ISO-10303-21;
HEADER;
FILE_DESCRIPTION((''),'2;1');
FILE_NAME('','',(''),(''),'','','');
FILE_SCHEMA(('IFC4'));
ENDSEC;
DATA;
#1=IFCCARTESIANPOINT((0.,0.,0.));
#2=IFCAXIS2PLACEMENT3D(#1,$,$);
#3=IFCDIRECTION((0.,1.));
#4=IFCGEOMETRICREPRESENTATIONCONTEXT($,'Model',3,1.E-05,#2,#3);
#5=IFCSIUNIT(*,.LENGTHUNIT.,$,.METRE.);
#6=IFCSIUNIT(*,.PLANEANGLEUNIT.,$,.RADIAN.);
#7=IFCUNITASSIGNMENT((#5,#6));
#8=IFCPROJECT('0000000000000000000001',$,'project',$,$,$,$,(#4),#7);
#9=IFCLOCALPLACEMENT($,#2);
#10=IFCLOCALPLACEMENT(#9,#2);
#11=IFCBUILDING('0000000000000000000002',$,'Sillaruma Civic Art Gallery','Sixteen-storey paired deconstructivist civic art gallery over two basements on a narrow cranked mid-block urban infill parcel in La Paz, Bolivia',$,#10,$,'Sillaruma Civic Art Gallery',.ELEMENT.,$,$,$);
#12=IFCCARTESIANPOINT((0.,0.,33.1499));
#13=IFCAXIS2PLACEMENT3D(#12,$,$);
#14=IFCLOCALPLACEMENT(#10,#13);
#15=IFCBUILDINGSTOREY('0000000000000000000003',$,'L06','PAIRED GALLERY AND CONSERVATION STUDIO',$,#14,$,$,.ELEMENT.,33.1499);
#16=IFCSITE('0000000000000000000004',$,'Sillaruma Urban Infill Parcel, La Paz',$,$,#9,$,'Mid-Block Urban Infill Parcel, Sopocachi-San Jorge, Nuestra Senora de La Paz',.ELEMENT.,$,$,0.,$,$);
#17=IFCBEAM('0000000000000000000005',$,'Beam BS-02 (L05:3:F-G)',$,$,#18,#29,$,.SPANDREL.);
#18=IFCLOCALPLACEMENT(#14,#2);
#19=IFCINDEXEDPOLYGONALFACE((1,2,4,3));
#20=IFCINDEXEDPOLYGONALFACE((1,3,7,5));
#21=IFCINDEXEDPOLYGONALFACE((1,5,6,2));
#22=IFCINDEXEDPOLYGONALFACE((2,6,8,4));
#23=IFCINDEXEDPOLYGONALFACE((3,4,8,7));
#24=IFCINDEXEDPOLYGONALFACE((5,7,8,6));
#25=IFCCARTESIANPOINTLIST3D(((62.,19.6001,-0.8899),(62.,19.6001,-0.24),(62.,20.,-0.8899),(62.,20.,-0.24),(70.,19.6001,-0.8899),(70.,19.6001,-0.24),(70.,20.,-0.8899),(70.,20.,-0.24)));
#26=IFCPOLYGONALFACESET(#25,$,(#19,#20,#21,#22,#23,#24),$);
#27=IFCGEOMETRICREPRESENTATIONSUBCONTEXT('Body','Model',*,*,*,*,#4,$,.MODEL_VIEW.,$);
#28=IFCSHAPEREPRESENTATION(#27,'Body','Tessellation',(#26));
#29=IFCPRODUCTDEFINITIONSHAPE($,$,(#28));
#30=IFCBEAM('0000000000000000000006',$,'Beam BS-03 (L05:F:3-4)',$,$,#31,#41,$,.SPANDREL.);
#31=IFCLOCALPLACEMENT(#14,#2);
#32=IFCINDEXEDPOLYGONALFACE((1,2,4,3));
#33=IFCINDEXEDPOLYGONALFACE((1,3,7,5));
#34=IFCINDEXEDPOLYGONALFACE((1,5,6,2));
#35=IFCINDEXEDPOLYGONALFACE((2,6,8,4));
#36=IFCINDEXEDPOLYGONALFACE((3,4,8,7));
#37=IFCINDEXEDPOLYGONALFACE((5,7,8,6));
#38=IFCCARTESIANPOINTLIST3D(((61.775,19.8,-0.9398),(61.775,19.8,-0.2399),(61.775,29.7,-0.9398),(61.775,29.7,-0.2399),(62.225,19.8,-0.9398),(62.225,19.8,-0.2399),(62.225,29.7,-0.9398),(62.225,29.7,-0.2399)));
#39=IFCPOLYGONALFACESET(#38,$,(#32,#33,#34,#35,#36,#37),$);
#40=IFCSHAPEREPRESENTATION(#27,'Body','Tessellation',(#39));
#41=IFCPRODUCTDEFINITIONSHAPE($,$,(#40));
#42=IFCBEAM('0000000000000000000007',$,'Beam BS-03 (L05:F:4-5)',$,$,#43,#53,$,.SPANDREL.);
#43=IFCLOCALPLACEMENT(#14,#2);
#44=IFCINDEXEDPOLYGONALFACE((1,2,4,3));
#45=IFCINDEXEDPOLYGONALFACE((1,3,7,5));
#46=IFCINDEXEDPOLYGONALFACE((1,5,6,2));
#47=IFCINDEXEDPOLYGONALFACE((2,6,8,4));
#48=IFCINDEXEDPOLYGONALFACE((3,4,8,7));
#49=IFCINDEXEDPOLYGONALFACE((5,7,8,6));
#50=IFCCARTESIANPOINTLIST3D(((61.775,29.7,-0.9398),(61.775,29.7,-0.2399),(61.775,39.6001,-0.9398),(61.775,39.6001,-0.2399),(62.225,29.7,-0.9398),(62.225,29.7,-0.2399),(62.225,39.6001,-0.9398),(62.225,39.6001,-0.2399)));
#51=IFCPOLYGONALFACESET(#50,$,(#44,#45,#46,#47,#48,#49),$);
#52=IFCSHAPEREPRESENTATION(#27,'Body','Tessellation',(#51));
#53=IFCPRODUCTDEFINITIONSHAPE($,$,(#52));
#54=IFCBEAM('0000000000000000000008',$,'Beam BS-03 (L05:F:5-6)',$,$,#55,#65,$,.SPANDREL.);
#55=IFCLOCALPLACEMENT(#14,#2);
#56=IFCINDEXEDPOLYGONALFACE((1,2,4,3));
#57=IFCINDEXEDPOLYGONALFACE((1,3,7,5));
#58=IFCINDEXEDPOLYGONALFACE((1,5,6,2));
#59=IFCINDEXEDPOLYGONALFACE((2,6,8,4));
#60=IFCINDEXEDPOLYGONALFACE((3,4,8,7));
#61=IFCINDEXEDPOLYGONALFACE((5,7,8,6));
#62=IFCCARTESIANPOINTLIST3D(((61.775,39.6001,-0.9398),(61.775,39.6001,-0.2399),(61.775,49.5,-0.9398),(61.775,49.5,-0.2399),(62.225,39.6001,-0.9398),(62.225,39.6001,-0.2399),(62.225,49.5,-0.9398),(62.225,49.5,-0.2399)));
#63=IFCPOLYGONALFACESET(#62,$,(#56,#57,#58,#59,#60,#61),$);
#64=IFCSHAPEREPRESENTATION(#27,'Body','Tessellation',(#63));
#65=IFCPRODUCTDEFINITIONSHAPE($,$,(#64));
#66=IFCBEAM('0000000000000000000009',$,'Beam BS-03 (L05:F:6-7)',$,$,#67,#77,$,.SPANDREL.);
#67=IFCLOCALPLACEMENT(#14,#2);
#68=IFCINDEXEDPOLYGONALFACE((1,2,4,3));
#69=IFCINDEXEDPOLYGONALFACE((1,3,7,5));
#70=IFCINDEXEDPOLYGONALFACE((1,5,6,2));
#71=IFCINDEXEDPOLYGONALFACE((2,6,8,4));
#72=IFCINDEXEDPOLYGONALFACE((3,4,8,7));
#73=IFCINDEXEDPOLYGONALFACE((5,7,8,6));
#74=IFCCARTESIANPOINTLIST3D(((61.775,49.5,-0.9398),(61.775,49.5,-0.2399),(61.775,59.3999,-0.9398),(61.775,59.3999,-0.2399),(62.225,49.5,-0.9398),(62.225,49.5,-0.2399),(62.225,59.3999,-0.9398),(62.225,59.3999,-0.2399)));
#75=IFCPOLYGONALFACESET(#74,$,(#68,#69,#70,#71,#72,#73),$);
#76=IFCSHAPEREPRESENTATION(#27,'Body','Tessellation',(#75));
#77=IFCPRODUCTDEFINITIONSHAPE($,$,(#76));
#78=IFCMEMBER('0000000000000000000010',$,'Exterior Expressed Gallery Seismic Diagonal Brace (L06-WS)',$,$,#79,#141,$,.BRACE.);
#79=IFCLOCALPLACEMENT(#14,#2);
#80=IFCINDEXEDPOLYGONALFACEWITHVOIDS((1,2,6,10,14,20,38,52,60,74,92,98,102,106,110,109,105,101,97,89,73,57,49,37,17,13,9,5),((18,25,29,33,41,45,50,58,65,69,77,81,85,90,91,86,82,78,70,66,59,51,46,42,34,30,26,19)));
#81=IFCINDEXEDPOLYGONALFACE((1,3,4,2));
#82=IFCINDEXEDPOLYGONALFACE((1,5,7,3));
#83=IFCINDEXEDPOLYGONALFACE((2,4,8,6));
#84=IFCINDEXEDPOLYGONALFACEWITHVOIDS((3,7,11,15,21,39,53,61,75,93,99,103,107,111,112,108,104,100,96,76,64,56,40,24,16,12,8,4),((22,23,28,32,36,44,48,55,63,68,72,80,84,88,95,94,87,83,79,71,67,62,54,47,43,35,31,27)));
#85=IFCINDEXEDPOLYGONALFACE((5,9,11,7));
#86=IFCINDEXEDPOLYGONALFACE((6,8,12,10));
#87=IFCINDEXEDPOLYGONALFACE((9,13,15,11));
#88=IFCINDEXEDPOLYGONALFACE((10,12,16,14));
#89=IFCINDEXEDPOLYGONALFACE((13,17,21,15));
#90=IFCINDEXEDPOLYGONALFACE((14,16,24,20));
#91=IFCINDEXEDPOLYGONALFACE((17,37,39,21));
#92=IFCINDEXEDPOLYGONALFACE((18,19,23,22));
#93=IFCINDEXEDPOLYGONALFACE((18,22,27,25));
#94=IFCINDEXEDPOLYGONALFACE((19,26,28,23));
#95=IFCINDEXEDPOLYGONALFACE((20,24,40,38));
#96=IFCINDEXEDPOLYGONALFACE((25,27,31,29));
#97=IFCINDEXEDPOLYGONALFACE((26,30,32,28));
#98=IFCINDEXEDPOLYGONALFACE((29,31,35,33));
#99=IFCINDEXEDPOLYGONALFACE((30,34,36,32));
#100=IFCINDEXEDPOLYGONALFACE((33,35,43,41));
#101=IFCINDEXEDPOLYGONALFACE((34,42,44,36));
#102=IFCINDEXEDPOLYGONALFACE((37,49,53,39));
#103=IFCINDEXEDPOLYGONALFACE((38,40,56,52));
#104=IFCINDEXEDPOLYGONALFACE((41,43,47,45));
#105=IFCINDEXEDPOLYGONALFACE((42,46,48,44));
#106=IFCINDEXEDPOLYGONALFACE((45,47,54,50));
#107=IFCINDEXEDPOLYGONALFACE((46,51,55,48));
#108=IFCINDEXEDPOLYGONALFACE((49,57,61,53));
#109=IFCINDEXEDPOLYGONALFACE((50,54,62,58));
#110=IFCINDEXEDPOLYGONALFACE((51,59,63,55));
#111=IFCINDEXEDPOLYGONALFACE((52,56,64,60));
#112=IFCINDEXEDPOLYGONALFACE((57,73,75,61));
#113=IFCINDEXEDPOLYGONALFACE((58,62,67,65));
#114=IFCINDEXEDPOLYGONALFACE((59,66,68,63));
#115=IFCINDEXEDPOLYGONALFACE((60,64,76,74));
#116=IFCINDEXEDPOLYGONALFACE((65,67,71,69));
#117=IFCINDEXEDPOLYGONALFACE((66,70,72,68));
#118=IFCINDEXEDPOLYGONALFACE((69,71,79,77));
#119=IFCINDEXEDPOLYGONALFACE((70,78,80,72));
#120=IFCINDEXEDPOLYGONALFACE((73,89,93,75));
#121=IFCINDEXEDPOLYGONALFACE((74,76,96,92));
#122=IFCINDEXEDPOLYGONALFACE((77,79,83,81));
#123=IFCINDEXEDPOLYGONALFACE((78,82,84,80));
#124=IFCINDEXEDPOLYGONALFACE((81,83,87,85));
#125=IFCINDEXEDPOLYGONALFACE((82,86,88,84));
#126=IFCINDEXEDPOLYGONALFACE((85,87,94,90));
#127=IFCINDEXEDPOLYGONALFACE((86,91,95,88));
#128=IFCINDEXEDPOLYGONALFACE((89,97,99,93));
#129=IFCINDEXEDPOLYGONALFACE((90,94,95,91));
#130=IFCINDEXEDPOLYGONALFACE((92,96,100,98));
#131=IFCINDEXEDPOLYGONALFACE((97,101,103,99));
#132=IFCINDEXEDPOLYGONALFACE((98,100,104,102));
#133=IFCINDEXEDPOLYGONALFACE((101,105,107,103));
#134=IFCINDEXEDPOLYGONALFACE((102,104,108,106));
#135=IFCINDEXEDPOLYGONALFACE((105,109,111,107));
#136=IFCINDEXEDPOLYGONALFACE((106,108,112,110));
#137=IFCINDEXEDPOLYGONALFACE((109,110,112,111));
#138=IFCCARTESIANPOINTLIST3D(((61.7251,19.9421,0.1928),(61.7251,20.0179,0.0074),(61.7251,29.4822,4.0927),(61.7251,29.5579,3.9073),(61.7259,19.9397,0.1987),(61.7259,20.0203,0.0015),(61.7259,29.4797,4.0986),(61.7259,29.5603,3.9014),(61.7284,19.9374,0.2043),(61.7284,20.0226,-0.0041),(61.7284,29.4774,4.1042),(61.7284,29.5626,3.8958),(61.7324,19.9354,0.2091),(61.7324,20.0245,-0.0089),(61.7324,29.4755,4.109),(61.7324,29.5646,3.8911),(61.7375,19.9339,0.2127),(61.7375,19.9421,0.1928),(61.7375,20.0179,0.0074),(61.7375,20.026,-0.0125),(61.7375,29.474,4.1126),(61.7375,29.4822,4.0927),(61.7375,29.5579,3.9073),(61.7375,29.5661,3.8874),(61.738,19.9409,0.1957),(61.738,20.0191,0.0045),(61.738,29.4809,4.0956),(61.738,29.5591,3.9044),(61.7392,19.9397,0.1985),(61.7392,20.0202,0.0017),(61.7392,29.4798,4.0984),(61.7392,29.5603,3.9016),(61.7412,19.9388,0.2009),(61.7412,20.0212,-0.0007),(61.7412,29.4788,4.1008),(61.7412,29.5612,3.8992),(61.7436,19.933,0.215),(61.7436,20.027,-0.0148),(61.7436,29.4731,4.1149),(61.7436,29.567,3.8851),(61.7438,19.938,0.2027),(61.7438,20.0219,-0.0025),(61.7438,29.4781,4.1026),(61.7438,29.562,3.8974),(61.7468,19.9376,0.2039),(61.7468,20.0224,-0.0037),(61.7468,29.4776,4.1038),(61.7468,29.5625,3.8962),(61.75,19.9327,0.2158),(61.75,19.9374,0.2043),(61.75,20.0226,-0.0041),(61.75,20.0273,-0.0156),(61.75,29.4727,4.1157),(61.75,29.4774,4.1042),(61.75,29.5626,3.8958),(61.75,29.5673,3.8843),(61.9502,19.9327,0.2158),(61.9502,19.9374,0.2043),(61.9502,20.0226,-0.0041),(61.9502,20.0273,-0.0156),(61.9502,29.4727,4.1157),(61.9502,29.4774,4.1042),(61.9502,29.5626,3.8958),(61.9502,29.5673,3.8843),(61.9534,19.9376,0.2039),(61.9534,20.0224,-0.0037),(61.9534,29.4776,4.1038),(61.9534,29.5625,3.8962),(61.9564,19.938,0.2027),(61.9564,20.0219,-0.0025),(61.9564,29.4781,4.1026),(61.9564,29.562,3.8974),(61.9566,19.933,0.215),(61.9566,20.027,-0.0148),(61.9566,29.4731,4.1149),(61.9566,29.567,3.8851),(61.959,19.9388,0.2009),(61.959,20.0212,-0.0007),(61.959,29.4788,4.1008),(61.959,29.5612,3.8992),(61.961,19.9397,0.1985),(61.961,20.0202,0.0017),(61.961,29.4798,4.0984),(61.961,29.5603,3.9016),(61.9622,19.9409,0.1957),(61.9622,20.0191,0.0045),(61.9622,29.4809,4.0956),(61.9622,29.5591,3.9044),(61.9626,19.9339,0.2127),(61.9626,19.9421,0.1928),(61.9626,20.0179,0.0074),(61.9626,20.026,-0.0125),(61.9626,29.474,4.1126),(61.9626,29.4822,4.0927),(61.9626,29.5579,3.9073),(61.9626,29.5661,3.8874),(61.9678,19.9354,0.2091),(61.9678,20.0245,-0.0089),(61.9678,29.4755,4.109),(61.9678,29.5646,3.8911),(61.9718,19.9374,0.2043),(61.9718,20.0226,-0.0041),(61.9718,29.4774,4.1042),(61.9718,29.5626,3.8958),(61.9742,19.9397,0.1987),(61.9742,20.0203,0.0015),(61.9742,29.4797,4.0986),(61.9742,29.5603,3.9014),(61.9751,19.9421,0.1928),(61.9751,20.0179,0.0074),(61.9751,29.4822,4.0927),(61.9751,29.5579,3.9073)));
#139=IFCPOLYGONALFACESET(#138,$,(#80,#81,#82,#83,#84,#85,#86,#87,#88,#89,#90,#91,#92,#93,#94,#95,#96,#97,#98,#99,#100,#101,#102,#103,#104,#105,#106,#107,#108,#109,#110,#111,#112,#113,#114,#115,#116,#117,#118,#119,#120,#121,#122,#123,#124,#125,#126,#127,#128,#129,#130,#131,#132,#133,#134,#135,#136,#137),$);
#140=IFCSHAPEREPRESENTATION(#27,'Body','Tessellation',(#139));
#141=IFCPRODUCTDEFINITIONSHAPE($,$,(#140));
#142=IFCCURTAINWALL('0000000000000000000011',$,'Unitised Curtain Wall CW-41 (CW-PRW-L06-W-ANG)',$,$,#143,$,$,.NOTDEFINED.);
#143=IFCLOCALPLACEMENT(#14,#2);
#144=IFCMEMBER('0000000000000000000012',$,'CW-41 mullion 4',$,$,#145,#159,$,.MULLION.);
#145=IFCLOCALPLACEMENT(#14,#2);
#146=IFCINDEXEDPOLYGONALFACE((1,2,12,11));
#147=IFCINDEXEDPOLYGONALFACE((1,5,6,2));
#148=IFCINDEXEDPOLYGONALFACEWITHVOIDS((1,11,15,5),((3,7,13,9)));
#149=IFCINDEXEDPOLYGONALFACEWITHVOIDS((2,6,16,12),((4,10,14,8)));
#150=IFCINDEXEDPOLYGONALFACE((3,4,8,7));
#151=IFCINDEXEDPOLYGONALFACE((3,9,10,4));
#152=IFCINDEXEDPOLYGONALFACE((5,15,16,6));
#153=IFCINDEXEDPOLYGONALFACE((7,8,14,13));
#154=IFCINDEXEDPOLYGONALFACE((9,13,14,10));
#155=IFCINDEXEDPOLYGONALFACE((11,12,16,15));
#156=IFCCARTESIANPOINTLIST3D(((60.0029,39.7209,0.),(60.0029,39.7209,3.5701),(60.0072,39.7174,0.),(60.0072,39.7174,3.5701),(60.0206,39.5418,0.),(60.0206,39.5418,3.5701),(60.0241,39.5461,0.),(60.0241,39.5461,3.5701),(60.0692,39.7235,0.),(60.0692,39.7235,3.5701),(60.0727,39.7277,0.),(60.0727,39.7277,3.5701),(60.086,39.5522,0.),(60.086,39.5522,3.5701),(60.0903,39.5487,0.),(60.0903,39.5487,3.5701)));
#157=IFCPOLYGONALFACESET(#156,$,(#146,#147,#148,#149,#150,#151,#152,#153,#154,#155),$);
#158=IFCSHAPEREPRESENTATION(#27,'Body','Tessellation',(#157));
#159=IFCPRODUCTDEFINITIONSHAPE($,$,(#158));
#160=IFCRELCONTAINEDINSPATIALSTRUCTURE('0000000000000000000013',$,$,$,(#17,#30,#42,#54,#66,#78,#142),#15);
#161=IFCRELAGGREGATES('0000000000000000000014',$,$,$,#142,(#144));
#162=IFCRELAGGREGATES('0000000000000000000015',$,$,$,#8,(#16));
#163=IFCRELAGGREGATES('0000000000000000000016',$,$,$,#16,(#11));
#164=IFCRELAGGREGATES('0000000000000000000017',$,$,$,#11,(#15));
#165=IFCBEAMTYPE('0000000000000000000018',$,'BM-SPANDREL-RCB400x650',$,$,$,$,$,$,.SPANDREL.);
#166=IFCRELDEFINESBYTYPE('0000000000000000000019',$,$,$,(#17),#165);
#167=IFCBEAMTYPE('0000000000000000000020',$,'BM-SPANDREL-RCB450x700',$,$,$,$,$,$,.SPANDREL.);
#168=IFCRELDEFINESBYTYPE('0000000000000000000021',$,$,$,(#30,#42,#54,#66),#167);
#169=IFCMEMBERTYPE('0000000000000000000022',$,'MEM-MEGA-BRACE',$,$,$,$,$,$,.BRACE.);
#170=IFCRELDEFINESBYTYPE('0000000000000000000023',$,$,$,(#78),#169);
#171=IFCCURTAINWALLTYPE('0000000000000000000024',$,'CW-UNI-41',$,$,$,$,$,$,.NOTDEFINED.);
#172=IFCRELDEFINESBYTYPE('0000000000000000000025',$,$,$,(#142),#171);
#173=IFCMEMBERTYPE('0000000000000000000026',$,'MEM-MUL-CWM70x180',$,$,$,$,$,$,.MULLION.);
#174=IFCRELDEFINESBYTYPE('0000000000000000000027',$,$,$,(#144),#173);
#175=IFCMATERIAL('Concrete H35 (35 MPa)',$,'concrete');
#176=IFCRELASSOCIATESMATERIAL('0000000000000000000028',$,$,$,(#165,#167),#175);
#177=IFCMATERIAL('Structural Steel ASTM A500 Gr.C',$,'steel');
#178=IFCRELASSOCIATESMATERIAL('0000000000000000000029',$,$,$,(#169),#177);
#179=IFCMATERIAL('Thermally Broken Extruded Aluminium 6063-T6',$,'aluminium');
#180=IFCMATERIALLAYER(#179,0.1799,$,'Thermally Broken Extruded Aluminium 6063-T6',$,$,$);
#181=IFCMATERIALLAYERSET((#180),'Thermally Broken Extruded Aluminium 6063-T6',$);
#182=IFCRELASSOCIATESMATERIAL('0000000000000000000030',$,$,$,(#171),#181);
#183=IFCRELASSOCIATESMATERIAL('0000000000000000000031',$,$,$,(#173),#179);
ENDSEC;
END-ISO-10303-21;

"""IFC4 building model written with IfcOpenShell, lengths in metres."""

from ifc_helpers import new_model, si_unit, direction, frame, origin, origin_2d, place, context, subcontext, project, spatial, rectangle, hollow_rectangle, extrude, material, layer, layer_set, material_profile, profile_set, type_object, element, aggregate, save


model = new_model("IFC4")

# Units and contexts
model_context = context("Model", 3, precision=1e-05, world=origin(), true_north=direction((0.0, 1.0)))
body_context = subcontext(model_context, "Body", "Model", "MODEL_VIEW")
ifc_project = project(units=[si_unit("LENGTHUNIT", "METRE"), si_unit("PLANEANGLEUNIT", "RADIAN")], contexts=[model_context])

# Site, building, storey
site_placement = place(None, origin())
site = spatial("IfcSite", under=ifc_project, at=site_placement, Name="Sillaruma Urban Infill Parcel, La Paz", LongName="Mid-Block Urban Infill Parcel, Sopocachi-San Jorge, Nuestra Senora de La Paz", CompositionType="ELEMENT", RefElevation=0.0)
building_placement = place(site_placement, origin())
building = spatial("IfcBuilding", under=site, at=building_placement, Name="Sillaruma Civic Art Gallery", Description="Sixteen-storey paired deconstructivist civic art gallery over two basements on a narrow cranked mid-block urban infill parcel in La Paz, Bolivia", LongName="Sillaruma Civic Art Gallery", CompositionType="ELEMENT")
storey_placement = place(building_placement, frame((0.0, 0.0, 33.1499)))
storey = spatial("IfcBuildingStorey", under=building, at=storey_placement, Name="L06", Description="PAIRED GALLERY AND CONSERVATION STUDIO", CompositionType="ELEMENT", Elevation=33.1499)

# Beams
ifc_material_1 = material(Name="Structural Steel ASTM A500 Gr.C", Category="steel")
ifc_material_2 = material(Name="Concrete H35 (35 MPa)", Category="concrete")
ifc_material_profile_1 = material_profile(ifc_material_2, rectangle(XDim=0.3999, YDim=0.6499, at=origin_2d()), Name="RCB400x650")
ifc_profile_set_1 = profile_set([ifc_material_profile_1], Name="Concrete H35 (35 MPa)")
beam_type_1 = type_object("IfcBeamType", Name="BM-SPANDREL-RCB400x650", PredefinedType="SPANDREL", material=ifc_profile_set_1)
beam_1_placement = place(storey_placement, frame((62.0, 19.8, -0.5649), z_axis=(1.0, 0.0, 0.0), x_axis=(0.0, 1.0, 0.0)))
element("IfcBeam", 1, at=beam_1_placement, inside=storey, type_object=beam_type_1, Name="Beam BS-02 (L05:3:F-G)", PredefinedType="SPANDREL", context=body_context, shape_type="SweptSolid", body=[
    extrude(rectangle(XDim=0.3999, YDim=0.6499, at=origin_2d()), origin(), (0.0, 0.0, 1.0), 8.0),
])
ifc_material_profile_2 = material_profile(ifc_material_2, rectangle(XDim=0.45, YDim=0.7, at=origin_2d()), Name="RCB450x700")
ifc_profile_set_2 = profile_set([ifc_material_profile_2], Name="Concrete H35 (35 MPa)")
beam_type_2 = type_object("IfcBeamType", Name="BM-SPANDREL-RCB450x700", PredefinedType="SPANDREL", material=ifc_profile_set_2)
beam_2_placement = place(storey_placement, frame((62.0, 19.8, -0.5898), z_axis=(0.0, 1.0, 0.0), x_axis=(-1.0, 0.0, 0.0)))
element("IfcBeam", 2, at=beam_2_placement, inside=storey, type_object=beam_type_2, Name="Beam BS-03 (L05:F:3-4)", PredefinedType="SPANDREL", context=body_context, shape_type="SweptSolid", body=[
    extrude(rectangle(XDim=0.45, YDim=0.7, at=origin_2d()), origin(), (0.0, 0.0, 1.0), 9.8999),
])
beam_3_placement = place(storey_placement, frame((62.0, 29.7, -0.5898), z_axis=(0.0, 1.0, 0.0), x_axis=(-1.0, 0.0, 0.0)))
element("IfcBeam", 3, at=beam_3_placement, inside=storey, type_object=beam_type_2, Name="Beam BS-03 (L05:F:4-5)", PredefinedType="SPANDREL", context=body_context, shape_type="SweptSolid", body=[
    extrude(rectangle(XDim=0.45, YDim=0.7, at=origin_2d()), origin(), (0.0, 0.0, 1.0), 9.9001),
])
for number, where, z_axis, x_axis, name in (
    (4, (62.0, 39.6001, -0.5898), (0.0, 1.0, 0.0), (-1.0, 0.0, 0.0), "Beam BS-03 (L05:F:5-6)"),
    (5, (62.0, 49.5, -0.5898), (0.0, 1.0, 0.0), (-1.0, 0.0, 0.0), "Beam BS-03 (L05:F:6-7)"),
):
    element("IfcBeam", number, at=place(storey_placement, frame(where, z_axis=z_axis, x_axis=x_axis)), inside=storey, type_object=beam_type_2, Name=name, PredefinedType="SPANDREL", context=body_context, shape_type="SweptSolid", body=[
        extrude(rectangle(XDim=0.45, YDim=0.7, at=origin_2d()), origin(), (0.0, 0.0, 1.0), 9.8999),
    ])

# Member
ifc_material_profile_3 = material_profile(ifc_material_1, hollow_rectangle(XDim=0.25, YDim=0.25, WallThickness=0.0125, InnerFilletRadius=0.0125, OuterFilletRadius=0.0249, at=origin_2d()), Name="HSS250x250x12.5")
ifc_profile_set_3 = profile_set([ifc_material_profile_3], Name="Structural Steel ASTM A500 Gr.C")
member_type_1 = type_object("IfcMemberType", Name="MEM-MEGA-BRACE", PredefinedType="BRACE", material=ifc_profile_set_3)
member_1_placement = place(storey_placement, frame((61.8501, 19.98, 0.1001), z_axis=(0.0, 0.925644, 0.378397), x_axis=(-1.0, 0.0, 0.0)))
element("IfcMember", 6, at=member_1_placement, inside=storey, type_object=member_type_1, Name="Exterior Expressed Gallery Seismic Diagonal Brace (L06-WS)", PredefinedType="BRACE", context=body_context, shape_type="SweptSolid", body=[
    extrude(hollow_rectangle(XDim=0.25, YDim=0.25, WallThickness=0.0125, InnerFilletRadius=0.0125, OuterFilletRadius=0.0249, at=origin_2d()), origin(), (0.0, 0.0, 1.0), 10.3064),
])

# Curtain wall, member
ifc_material_3 = material(Name="Thermally Broken Extruded Aluminium 6063-T6", Category="aluminium")
ifc_layer_1 = layer(ifc_material_3, 0.1799, Name="Thermally Broken Extruded Aluminium 6063-T6")
ifc_layer_set_1 = layer_set([ifc_layer_1], Name="Thermally Broken Extruded Aluminium 6063-T6")
curtain_wall_type = type_object("IfcCurtainWallType", Name="CW-UNI-41", PredefinedType="NOTDEFINED", material=ifc_layer_set_1)
curtain_wall_placement = place(storey_placement, origin())
curtain_wall = element("IfcCurtainWall", 7, at=curtain_wall_placement, inside=storey, type_object=curtain_wall_type, Name="Unitised Curtain Wall CW-41 (CW-PRW-L06-W-ANG)", PredefinedType="NOTDEFINED")
ifc_material_profile_4 = material_profile(ifc_material_3, hollow_rectangle(XDim=0.0701, YDim=0.1799, WallThickness=0.0039, at=origin_2d()), Name="CWM70x180")
ifc_profile_set_4 = profile_set([ifc_material_profile_4], Name="Thermally Broken Extruded Aluminium 6063-T6")
member_type_2 = type_object("IfcMemberType", Name="MEM-MUL-CWM70x180", PredefinedType="MULLION", material=ifc_profile_set_4)
member_2_placement = place(storey_placement, frame((60.0466, 39.6348, 0.0), z_axis=(0.0, 0.0, 1.0), x_axis=(0.995185, 0.098011, 0.0)))
member_2 = element("IfcMember", 8, at=member_2_placement, type_object=member_type_2, Name="CW-41 mullion 4", PredefinedType="MULLION", context=body_context, shape_type="SweptSolid", body=[
    extrude(hollow_rectangle(XDim=0.0701, YDim=0.1799, WallThickness=0.0039, at=origin_2d()), origin(), (0.0, 0.0, 1.0), 3.5701),
])
aggregate(curtain_wall, [member_2])

save(model, "model.ifc")
